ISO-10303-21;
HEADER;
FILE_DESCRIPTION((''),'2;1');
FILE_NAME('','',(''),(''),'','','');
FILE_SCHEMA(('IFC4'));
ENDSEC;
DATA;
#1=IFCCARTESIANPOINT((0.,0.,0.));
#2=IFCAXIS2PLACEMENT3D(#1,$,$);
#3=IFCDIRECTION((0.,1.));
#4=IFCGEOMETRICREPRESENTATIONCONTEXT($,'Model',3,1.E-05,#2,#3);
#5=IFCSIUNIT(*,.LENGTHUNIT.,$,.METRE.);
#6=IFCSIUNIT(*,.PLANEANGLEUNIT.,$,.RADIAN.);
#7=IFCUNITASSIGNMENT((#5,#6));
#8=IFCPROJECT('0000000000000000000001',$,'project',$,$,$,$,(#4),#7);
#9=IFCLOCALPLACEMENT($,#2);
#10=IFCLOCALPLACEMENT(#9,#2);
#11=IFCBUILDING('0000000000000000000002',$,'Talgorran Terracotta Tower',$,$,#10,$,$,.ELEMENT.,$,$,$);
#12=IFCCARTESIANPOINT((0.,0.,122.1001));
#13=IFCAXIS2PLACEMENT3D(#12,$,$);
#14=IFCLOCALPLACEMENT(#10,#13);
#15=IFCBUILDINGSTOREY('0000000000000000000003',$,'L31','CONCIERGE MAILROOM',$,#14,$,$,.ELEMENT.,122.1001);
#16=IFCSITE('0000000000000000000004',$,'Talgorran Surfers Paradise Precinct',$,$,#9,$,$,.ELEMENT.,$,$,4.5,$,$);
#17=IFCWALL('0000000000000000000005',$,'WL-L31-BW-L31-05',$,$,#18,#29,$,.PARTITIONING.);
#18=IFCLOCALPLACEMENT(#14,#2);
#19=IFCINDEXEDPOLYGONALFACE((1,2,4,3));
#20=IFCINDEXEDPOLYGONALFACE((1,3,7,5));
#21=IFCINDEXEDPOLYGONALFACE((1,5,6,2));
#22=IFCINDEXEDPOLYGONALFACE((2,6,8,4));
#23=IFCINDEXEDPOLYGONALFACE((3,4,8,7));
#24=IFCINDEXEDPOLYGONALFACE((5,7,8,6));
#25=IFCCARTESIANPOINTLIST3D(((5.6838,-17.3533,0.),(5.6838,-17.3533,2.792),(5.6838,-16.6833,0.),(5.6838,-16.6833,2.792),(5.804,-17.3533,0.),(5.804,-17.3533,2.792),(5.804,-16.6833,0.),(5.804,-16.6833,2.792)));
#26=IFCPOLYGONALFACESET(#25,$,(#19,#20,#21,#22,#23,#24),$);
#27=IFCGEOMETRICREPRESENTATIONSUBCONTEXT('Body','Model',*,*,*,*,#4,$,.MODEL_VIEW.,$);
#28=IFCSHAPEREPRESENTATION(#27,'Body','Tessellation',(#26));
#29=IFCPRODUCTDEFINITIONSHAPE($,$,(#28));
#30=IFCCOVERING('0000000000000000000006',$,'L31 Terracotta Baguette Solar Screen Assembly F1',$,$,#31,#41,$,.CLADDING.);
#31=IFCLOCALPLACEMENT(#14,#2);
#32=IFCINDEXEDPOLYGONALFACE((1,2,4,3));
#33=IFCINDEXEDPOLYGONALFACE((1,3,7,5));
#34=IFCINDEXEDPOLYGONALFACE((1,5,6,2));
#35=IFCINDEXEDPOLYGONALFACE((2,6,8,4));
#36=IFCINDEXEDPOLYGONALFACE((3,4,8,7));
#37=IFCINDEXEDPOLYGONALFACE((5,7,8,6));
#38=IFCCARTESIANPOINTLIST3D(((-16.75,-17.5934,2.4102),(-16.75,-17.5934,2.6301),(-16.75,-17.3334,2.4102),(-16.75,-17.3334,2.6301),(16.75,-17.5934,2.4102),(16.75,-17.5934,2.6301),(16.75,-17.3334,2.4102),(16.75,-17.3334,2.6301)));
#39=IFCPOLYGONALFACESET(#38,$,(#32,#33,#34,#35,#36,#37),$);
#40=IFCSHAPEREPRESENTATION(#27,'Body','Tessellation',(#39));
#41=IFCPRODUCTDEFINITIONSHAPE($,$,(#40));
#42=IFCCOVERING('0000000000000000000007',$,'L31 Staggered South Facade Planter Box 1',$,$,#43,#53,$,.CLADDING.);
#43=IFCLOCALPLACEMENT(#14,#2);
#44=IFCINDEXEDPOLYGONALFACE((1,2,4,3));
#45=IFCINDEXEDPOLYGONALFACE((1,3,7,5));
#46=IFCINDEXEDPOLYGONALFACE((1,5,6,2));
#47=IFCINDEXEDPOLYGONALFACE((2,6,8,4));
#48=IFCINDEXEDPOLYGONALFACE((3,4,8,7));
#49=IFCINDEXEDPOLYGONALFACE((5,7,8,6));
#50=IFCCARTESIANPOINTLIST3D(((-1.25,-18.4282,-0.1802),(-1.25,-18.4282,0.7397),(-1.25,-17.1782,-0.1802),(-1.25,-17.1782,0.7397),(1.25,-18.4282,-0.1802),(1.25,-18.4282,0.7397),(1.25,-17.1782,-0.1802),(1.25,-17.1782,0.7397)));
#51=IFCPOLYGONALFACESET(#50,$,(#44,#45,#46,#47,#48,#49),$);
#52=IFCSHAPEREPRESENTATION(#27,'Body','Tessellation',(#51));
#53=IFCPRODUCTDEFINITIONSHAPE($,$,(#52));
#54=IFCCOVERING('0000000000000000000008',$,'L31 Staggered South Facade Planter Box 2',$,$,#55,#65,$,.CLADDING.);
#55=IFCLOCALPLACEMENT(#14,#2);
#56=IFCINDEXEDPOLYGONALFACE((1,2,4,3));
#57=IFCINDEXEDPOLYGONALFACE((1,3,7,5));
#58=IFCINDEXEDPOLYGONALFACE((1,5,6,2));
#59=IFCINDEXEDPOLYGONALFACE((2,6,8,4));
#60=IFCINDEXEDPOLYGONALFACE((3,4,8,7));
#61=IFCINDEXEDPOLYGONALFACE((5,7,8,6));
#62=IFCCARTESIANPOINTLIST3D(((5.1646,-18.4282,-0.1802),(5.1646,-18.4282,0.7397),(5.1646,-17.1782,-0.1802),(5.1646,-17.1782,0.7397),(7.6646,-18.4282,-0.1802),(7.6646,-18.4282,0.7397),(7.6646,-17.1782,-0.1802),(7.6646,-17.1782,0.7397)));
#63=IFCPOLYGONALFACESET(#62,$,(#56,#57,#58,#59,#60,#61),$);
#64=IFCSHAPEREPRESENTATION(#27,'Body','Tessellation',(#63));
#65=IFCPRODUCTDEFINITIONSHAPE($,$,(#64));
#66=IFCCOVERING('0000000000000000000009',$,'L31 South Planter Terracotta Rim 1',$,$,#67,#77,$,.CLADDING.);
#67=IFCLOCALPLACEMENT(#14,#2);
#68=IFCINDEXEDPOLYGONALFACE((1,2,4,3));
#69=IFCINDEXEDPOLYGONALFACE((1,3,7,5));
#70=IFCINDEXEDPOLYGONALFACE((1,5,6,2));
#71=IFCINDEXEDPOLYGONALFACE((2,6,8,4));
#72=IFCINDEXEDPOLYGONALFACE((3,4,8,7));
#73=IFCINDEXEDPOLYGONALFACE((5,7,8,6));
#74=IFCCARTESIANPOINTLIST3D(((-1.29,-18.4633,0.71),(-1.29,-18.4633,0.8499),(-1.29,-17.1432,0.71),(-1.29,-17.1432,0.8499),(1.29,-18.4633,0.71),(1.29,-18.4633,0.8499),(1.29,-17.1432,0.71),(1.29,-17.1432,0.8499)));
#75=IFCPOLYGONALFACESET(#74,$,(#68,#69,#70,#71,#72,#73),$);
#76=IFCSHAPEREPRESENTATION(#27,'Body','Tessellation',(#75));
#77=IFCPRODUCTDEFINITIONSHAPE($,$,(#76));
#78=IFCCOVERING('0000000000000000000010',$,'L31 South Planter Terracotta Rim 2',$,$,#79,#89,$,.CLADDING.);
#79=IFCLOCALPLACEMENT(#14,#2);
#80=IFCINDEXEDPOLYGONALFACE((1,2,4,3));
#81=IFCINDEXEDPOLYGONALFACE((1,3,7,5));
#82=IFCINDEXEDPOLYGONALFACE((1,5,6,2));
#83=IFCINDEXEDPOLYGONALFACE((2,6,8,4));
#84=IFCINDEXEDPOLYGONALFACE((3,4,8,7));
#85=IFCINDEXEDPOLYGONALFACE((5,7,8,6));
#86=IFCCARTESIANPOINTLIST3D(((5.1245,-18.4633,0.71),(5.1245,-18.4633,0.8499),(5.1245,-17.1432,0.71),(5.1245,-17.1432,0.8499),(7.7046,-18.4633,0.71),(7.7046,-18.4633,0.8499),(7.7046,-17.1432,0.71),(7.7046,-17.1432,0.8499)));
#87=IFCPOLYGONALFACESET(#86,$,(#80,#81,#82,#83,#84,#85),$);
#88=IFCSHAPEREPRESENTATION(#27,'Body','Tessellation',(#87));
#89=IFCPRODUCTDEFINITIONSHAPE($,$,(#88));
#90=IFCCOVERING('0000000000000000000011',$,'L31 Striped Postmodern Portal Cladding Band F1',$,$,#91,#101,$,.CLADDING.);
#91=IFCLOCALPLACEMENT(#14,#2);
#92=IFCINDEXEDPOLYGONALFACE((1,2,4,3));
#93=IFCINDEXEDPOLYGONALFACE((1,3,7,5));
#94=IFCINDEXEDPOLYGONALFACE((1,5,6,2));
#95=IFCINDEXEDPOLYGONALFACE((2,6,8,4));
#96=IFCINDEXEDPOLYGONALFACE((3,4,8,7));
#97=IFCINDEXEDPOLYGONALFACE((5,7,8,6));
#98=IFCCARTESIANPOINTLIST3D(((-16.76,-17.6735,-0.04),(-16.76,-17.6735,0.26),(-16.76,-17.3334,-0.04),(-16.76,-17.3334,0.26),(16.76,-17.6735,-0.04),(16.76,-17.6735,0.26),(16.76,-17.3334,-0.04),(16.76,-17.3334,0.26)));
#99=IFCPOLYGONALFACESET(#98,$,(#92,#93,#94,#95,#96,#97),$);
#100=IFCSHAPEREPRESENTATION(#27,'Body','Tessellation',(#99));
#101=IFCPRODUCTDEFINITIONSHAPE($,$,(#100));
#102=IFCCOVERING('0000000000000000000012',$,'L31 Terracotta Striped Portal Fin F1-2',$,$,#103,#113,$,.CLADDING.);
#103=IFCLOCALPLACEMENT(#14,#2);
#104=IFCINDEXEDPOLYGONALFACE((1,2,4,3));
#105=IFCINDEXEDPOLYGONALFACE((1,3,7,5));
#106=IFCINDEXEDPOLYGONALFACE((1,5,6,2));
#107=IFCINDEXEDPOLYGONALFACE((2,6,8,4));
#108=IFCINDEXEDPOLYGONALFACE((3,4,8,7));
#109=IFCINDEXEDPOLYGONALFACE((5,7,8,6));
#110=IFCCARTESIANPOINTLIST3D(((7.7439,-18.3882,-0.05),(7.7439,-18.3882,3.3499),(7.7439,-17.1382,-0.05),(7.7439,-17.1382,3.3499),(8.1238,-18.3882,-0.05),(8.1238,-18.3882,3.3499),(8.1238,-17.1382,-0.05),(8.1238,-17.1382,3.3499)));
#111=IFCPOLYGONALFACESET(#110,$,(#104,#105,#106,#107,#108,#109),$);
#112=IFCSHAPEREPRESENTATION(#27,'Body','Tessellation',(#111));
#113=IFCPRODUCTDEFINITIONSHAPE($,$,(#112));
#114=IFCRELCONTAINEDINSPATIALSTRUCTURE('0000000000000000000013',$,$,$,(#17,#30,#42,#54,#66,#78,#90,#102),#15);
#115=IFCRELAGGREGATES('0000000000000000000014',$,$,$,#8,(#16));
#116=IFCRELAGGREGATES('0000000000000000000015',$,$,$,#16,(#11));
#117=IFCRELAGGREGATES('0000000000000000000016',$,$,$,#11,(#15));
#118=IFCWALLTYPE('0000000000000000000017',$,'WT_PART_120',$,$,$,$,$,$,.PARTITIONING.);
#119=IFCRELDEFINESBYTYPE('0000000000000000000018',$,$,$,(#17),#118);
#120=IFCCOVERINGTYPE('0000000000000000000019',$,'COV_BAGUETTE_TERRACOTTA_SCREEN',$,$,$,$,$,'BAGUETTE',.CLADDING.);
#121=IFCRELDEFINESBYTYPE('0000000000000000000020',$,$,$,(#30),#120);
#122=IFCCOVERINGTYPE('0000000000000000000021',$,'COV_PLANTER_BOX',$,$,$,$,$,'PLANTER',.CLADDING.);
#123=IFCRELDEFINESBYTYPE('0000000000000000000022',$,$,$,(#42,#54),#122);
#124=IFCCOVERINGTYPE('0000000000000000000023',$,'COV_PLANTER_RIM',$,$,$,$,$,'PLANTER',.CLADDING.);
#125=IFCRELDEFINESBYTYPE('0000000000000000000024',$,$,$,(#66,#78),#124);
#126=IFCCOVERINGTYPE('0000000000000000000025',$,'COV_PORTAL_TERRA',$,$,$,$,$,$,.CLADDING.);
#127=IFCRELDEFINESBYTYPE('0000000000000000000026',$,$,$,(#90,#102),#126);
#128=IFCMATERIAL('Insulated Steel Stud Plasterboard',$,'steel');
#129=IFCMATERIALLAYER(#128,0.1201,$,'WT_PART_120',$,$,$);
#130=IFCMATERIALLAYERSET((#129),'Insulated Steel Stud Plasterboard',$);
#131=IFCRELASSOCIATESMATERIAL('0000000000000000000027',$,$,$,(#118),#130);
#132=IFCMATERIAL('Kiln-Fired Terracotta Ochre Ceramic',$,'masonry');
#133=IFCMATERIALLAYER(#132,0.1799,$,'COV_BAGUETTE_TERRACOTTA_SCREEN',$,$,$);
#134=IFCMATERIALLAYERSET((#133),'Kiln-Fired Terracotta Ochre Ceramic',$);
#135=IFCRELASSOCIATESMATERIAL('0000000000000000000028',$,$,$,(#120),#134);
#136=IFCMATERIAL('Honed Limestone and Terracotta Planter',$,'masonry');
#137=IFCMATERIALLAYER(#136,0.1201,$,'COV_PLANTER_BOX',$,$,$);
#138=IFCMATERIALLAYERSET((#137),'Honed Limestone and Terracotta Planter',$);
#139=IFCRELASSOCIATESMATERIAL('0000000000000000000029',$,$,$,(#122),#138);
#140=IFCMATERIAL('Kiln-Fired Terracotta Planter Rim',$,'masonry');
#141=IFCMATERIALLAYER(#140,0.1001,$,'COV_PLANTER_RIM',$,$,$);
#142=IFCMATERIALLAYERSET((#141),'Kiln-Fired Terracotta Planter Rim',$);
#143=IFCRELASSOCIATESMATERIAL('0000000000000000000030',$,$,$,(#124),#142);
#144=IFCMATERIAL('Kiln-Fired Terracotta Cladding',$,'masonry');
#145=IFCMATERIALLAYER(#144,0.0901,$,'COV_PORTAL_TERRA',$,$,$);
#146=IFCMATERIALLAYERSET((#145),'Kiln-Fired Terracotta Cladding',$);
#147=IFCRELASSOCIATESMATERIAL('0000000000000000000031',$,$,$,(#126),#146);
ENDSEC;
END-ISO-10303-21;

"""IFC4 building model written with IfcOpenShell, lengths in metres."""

from ifc_helpers import new_model, si_unit, direction, frame, frame_2d, origin, origin_2d, place, context, subcontext, project, spatial, rectangle, extrude, material, layer, layer_set, type_object, element, save


model = new_model("IFC4")

# Units and contexts
model_context = context("Model", 3, precision=1e-05, world=origin(), true_north=direction((0.0, 1.0)))
body_context = subcontext(model_context, "Body", "Model", "MODEL_VIEW")
ifc_project = project(units=[si_unit("LENGTHUNIT", "METRE"), si_unit("PLANEANGLEUNIT", "RADIAN")], contexts=[model_context])

# Site, building, storey
site_placement = place(None, origin())
site = spatial("IfcSite", under=ifc_project, at=site_placement, Name="Talgorran Surfers Paradise Precinct", CompositionType="ELEMENT", RefElevation=4.5)
building_placement = place(site_placement, origin())
building = spatial("IfcBuilding", under=site, at=building_placement, Name="Talgorran Terracotta Tower", CompositionType="ELEMENT")
storey_placement = place(building_placement, frame((0.0, 0.0, 122.1001)))
storey = spatial("IfcBuildingStorey", under=building, at=storey_placement, Name="L31", Description="CONCIERGE MAILROOM", CompositionType="ELEMENT", Elevation=122.1001)

# Wall
ifc_material_1 = material(Name="Insulated Steel Stud Plasterboard", Category="steel")
ifc_layer_1 = layer(ifc_material_1, 0.1201, Name="WT_PART_120")
ifc_layer_set_1 = layer_set([ifc_layer_1], Name="Insulated Steel Stud Plasterboard")
wall_type = type_object("IfcWallType", Name="WT_PART_120", PredefinedType="PARTITIONING", material=ifc_layer_set_1)
wall_placement = place(storey_placement, frame((5.7439, -17.3533, 0.0), z_axis=(0.0, 0.0, 1.0), x_axis=(0.0, 1.0, 0.0)))
element("IfcWall", 1, at=wall_placement, inside=storey, type_object=wall_type, Name="WL-L31-BW-L31-05", PredefinedType="PARTITIONING", context=body_context, shape_type="SweptSolid", body=[
    extrude(rectangle(XDim=0.6699, YDim=0.1201, at=frame_2d((0.335, 0.0))), origin(), (0.0, 0.0, 1.0), 2.792),
])

# Coverings
ifc_material_2 = material(Name="Kiln-Fired Terracotta Ochre Ceramic", Category="masonry")
ifc_layer_2 = layer(ifc_material_2, 0.1799, Name="COV_BAGUETTE_TERRACOTTA_SCREEN")
ifc_layer_set_2 = layer_set([ifc_layer_2], Name="Kiln-Fired Terracotta Ochre Ceramic")
covering_type_1 = type_object("IfcCoveringType", Name="COV_BAGUETTE_TERRACOTTA_SCREEN", ElementType="BAGUETTE", PredefinedType="CLADDING", material=ifc_layer_set_2)
covering_1_placement = place(storey_placement, frame((0.0, -17.4634, 2.4102), z_axis=(0.0, 0.0, 1.0), x_axis=(1.0, 0.0, 0.0)))
element("IfcCovering", 2, at=covering_1_placement, inside=storey, type_object=covering_type_1, Name="L31 Terracotta Baguette Solar Screen Assembly F1", PredefinedType="CLADDING", context=body_context, shape_type="SweptSolid", body=[
    extrude(rectangle(XDim=33.5, YDim=0.26, at=origin_2d()), origin(), (0.0, 0.0, 1.0), 0.22),
])
ifc_material_3 = material(Name="Honed Limestone and Terracotta Planter", Category="masonry")
ifc_layer_3 = layer(ifc_material_3, 0.1201, Name="COV_PLANTER_BOX")
ifc_layer_set_3 = layer_set([ifc_layer_3], Name="Honed Limestone and Terracotta Planter")
covering_type_2 = type_object("IfcCoveringType", Name="COV_PLANTER_BOX", ElementType="PLANTER", PredefinedType="CLADDING", material=ifc_layer_set_3)
for number, where, z_axis, x_axis, name in (
    (3, (0.0, -17.8032, -0.1802), (0.0, 0.0, 1.0), (1.0, 0.0, 0.0), "L31 Staggered South Facade Planter Box 1"),
    (4, (6.4146, -17.8032, -0.1802), (0.0, 0.0, 1.0), (1.0, 0.0, 0.0), "L31 Staggered South Facade Planter Box 2"),
):
    element("IfcCovering", number, at=place(storey_placement, frame(where, z_axis=z_axis, x_axis=x_axis)), inside=storey, type_object=covering_type_2, Name=name, PredefinedType="CLADDING", context=body_context, shape_type="SweptSolid", body=[
        extrude(rectangle(XDim=2.5, YDim=1.25, at=origin_2d()), origin(), (0.0, 0.0, 1.0), 0.9199),
    ])
ifc_material_4 = material(Name="Kiln-Fired Terracotta Planter Rim", Category="masonry")
ifc_layer_4 = layer(ifc_material_4, 0.1001, Name="COV_PLANTER_RIM")
ifc_layer_set_4 = layer_set([ifc_layer_4], Name="Kiln-Fired Terracotta Planter Rim")
covering_type_3 = type_object("IfcCoveringType", Name="COV_PLANTER_RIM", ElementType="PLANTER", PredefinedType="CLADDING", material=ifc_layer_set_4)
for number, where, z_axis, x_axis, name in (
    (5, (0.0, -17.8032, 0.71), (0.0, 0.0, 1.0), (1.0, 0.0, 0.0), "L31 South Planter Terracotta Rim 1"),
    (6, (6.4146, -17.8032, 0.71), (0.0, 0.0, 1.0), (1.0, 0.0, 0.0), "L31 South Planter Terracotta Rim 2"),
):
    element("IfcCovering", number, at=place(storey_placement, frame(where, z_axis=z_axis, x_axis=x_axis)), inside=storey, type_object=covering_type_3, Name=name, PredefinedType="CLADDING", context=body_context, shape_type="SweptSolid", body=[
        extrude(rectangle(XDim=2.5801, YDim=1.3201, at=origin_2d()), origin(), (0.0, 0.0, 1.0), 0.1399),
    ])
ifc_material_5 = material(Name="Kiln-Fired Terracotta Cladding", Category="masonry")
ifc_layer_5 = layer(ifc_material_5, 0.0901, Name="COV_PORTAL_TERRA")
ifc_layer_set_5 = layer_set([ifc_layer_5], Name="Kiln-Fired Terracotta Cladding")
covering_type_4 = type_object("IfcCoveringType", Name="COV_PORTAL_TERRA", PredefinedType="CLADDING", material=ifc_layer_set_5)
covering_2_placement = place(storey_placement, frame((0.0, -17.5034, -0.04), z_axis=(0.0, 0.0, 1.0), x_axis=(1.0, 0.0, 0.0)))
element("IfcCovering", 7, at=covering_2_placement, inside=storey, type_object=covering_type_4, Name="L31 Striped Postmodern Portal Cladding Band F1", PredefinedType="CLADDING", context=body_context, shape_type="SweptSolid", body=[
    extrude(rectangle(XDim=33.52, YDim=0.3401, at=origin_2d()), origin(), (0.0, 0.0, 1.0), 0.3),
])
covering_3_placement = place(storey_placement, frame((7.9338, -17.7632, -0.05), z_axis=(0.0, 0.0, 1.0), x_axis=(1.0, 0.0, 0.0)))
element("IfcCovering", 8, at=covering_3_placement, inside=storey, type_object=covering_type_4, Name="L31 Terracotta Striped Portal Fin F1-2", PredefinedType="CLADDING", context=body_context, shape_type="SweptSolid", body=[
    extrude(rectangle(XDim=0.3799, YDim=1.25, at=origin_2d()), origin(), (0.0, 0.0, 1.0), 3.3999),
])

save(model, "model.ifc")
